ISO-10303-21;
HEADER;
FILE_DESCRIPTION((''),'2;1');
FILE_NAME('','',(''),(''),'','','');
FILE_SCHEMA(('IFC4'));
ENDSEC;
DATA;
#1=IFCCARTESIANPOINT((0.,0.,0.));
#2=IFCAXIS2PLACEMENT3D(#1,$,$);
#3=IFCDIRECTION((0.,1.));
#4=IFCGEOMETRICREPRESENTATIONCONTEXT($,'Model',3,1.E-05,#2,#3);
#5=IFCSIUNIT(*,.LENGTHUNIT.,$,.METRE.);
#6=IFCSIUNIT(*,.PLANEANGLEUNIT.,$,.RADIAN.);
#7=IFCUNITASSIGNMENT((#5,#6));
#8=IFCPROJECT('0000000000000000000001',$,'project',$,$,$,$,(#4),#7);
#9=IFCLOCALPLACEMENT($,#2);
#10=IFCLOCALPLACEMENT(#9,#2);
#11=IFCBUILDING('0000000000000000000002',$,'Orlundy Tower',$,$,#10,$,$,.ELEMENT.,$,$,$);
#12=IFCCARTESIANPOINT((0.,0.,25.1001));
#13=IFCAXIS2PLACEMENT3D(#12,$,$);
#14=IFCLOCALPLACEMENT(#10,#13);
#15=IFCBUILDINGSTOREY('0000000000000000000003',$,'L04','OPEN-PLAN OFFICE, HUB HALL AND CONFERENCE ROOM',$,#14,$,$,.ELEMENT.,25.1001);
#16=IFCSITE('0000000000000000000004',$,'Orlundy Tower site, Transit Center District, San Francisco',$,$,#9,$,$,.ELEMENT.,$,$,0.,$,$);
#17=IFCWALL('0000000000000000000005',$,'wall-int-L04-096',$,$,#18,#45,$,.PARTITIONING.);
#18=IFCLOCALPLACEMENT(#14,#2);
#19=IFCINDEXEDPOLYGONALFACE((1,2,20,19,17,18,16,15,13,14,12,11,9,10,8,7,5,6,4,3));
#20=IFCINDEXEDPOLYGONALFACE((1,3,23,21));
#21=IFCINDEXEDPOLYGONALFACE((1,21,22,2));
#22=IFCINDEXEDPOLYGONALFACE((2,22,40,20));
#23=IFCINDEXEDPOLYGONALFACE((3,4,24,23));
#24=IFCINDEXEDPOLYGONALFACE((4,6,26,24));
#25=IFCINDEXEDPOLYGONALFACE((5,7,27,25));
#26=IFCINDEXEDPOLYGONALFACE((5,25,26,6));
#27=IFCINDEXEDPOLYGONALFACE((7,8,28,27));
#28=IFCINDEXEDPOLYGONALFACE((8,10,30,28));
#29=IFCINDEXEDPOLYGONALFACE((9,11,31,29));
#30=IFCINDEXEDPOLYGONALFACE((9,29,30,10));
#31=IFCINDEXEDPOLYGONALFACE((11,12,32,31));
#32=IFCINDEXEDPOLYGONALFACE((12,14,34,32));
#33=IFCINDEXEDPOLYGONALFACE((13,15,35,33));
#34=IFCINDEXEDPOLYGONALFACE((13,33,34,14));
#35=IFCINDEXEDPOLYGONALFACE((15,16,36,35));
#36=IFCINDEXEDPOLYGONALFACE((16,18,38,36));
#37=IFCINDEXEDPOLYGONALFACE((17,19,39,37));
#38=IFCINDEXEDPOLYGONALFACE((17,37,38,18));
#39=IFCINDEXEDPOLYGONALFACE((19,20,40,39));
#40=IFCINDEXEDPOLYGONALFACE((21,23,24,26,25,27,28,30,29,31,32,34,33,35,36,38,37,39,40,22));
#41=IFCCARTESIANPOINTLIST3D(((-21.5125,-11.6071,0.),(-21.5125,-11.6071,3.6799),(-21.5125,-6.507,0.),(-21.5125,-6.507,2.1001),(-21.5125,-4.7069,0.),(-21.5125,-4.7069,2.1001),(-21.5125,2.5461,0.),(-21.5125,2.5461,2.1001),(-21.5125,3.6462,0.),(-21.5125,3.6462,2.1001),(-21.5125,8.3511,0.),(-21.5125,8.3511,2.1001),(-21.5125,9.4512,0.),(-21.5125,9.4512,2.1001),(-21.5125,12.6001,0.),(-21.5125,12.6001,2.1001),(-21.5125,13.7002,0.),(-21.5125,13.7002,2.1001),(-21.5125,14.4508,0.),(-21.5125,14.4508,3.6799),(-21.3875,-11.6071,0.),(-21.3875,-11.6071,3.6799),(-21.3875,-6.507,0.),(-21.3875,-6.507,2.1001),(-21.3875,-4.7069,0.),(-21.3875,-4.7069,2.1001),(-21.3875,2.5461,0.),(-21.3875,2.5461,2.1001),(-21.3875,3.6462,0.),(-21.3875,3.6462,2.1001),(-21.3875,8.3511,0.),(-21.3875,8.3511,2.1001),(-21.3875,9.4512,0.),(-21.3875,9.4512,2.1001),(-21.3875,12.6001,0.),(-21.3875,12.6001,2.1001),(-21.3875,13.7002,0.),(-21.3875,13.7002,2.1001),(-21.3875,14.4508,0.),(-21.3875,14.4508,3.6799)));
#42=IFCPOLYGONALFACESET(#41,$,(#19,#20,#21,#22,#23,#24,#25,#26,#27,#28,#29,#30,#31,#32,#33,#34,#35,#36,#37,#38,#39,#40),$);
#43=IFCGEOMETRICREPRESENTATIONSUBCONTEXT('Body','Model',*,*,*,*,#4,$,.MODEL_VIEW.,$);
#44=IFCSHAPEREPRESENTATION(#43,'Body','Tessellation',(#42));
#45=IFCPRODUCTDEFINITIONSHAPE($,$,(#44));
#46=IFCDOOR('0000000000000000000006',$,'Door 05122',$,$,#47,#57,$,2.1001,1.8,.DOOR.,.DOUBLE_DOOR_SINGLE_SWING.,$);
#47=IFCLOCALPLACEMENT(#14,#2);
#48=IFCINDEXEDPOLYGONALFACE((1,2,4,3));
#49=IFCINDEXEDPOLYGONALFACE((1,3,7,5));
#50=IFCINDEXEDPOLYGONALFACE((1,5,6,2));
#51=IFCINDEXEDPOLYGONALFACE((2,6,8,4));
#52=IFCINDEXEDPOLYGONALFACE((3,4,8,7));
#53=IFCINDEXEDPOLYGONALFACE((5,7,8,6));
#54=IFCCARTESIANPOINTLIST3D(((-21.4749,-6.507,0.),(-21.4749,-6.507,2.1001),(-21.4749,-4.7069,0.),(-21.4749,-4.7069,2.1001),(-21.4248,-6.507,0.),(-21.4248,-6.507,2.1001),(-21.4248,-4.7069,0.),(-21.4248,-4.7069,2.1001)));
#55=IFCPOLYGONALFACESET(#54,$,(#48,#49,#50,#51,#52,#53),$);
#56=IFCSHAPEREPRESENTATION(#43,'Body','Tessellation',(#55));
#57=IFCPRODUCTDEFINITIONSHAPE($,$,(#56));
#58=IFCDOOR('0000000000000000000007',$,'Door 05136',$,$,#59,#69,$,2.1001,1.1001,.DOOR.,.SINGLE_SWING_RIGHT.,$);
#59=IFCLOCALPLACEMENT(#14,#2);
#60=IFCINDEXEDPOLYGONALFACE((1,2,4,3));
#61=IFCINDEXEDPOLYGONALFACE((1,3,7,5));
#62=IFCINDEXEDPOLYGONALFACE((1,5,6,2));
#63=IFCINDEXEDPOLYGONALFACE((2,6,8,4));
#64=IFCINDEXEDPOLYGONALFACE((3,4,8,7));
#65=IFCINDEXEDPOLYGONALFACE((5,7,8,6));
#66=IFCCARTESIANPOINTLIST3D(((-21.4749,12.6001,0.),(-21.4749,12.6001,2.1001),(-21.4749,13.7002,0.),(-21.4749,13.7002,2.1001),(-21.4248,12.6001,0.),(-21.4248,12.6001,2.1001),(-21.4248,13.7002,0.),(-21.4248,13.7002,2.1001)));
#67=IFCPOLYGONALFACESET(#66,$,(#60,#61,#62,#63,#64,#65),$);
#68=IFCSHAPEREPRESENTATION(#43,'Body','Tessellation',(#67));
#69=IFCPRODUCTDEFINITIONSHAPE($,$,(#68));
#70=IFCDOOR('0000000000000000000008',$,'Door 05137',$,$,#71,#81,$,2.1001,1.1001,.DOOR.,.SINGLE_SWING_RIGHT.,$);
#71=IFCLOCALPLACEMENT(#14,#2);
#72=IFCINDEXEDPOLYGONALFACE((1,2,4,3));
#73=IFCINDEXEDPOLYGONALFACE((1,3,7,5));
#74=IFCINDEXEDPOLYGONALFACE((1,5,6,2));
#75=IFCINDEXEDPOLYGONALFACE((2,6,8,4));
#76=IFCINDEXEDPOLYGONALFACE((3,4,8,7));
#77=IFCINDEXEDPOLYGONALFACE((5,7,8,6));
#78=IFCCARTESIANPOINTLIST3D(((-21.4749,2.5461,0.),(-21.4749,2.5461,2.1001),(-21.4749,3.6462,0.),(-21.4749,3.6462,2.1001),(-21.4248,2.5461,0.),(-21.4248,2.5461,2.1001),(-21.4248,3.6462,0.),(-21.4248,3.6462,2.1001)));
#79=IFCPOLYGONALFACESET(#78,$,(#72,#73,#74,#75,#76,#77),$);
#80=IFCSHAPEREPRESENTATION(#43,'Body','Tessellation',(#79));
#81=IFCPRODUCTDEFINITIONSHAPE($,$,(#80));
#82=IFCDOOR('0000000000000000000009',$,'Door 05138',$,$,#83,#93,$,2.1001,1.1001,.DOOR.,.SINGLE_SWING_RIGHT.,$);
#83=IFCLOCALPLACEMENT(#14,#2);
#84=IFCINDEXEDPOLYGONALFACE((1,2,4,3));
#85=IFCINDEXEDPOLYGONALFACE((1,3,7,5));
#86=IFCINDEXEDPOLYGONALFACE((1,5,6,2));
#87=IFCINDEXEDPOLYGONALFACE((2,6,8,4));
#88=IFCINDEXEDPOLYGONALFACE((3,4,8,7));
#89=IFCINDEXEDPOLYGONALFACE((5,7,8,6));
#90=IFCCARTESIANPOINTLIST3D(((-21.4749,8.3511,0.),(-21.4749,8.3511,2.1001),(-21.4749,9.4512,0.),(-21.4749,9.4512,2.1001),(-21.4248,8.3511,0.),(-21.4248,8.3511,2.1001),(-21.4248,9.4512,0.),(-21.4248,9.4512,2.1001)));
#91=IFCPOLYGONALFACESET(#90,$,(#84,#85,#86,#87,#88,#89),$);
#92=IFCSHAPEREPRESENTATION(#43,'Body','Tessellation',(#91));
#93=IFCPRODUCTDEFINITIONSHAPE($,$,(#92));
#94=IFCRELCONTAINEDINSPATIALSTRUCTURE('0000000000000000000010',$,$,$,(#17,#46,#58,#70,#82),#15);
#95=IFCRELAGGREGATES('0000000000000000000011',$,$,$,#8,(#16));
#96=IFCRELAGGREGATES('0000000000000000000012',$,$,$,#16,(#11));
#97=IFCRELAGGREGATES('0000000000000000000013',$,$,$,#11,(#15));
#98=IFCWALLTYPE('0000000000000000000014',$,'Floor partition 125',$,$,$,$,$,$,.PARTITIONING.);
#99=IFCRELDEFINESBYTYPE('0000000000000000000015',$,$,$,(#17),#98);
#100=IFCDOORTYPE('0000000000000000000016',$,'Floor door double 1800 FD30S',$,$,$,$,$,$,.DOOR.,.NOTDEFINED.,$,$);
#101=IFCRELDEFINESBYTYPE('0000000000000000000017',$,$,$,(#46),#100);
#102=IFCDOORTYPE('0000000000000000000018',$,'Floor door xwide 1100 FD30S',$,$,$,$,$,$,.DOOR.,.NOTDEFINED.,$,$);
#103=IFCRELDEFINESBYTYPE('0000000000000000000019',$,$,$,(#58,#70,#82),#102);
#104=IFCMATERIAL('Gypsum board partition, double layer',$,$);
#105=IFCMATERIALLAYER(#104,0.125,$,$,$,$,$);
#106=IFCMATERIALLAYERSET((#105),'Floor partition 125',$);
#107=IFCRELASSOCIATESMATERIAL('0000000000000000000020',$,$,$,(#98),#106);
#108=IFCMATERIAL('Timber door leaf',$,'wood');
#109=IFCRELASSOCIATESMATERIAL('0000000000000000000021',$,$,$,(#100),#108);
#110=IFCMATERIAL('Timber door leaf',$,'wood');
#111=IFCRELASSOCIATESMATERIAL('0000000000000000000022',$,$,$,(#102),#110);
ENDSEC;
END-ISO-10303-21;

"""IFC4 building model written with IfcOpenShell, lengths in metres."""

from ifc_helpers import new_model, si_unit, direction, frame, frame_2d, origin, place, context, subcontext, project, spatial, rectangle, extrude, material, layer, layer_set, type_object, element, fill, save


model = new_model("IFC4")

# Units and contexts
model_context = context("Model", 3, precision=1e-05, world=origin(), true_north=direction((0.0, 1.0)))
body_context = subcontext(model_context, "Body", "Model", "MODEL_VIEW")
ifc_project = project(units=[si_unit("LENGTHUNIT", "METRE"), si_unit("PLANEANGLEUNIT", "RADIAN")], contexts=[model_context])

# Site, building, storey
site_placement = place(None, origin())
site = spatial("IfcSite", under=ifc_project, at=site_placement, Name="Orlundy Tower site, Transit Center District, San Francisco", CompositionType="ELEMENT", RefElevation=0.0)
building_placement = place(site_placement, origin())
building = spatial("IfcBuilding", under=site, at=building_placement, Name="Orlundy Tower", CompositionType="ELEMENT")
storey_placement = place(building_placement, frame((0.0, 0.0, 25.1001)))
storey = spatial("IfcBuildingStorey", under=building, at=storey_placement, Name="L04", Description="OPEN-PLAN OFFICE, HUB HALL AND CONFERENCE ROOM", CompositionType="ELEMENT", Elevation=25.1001)

# Shared definitions
ifc_material_1 = material(Name="Gypsum board partition, double layer")
ifc_layer_1 = layer(ifc_material_1, 0.125)
ifc_layer_set_1 = layer_set([ifc_layer_1], Name="Floor partition 125")
wall_type_1 = type_object("IfcWallType", Name="Floor partition 125", PredefinedType="PARTITIONING", material=ifc_layer_set_1)

# Wall, openings, doors
wall_1_placement = place(storey_placement, frame((-21.45, -11.6069, 0.0), z_axis=(0.0, 0.0, 1.0), x_axis=(0.0, 1.0, 0.0)))
wall_1 = element("IfcWall", 1, at=wall_1_placement, inside=storey, type_object=wall_type_1, Name="wall-int-L04-096", PredefinedType="PARTITIONING", context=body_context, shape_type="SweptSolid", body=[
    extrude(rectangle(XDim=26.0579, YDim=0.125, at=frame_2d((13.0288, 0.0))), origin(), (0.0, 0.0, 1.0), 3.6799),
])
opening_1_placement = place(wall_1_placement, frame((5.1001, 0.0, 0.0)))
opening_1 = element("IfcOpeningElement", 2, at=opening_1_placement, cuts=wall_1, PredefinedType="OPENING", context=body_context, shape_type="SweptSolid", body=[
    extrude(rectangle(XDim=1.8, YDim=2.1001, at=frame_2d((0.8999, 1.05))), frame((0.0, 0.0725, 0.0), z_axis=(0.0, -1.0, 0.0), x_axis=(1.0, 0.0, 0.0)), (0.0, 0.0, 1.0), 0.145),
])
opening_2_placement = place(wall_1_placement, frame((24.207, 0.0, 0.0)))
opening_2 = element("IfcOpeningElement", 3, at=opening_2_placement, cuts=wall_1, PredefinedType="OPENING", context=body_context, shape_type="SweptSolid", body=[
    extrude(rectangle(XDim=1.1001, YDim=2.1001, at=frame_2d((0.55, 1.05))), frame((0.0, 0.0725, 0.0), z_axis=(0.0, -1.0, 0.0), x_axis=(1.0, 0.0, 0.0)), (0.0, 0.0, 1.0), 0.145),
])
opening_3_placement = place(wall_1_placement, frame((14.1531, 0.0, 0.0)))
opening_3 = element("IfcOpeningElement", 4, at=opening_3_placement, cuts=wall_1, PredefinedType="OPENING", context=body_context, shape_type="SweptSolid", body=[
    extrude(rectangle(XDim=1.1001, YDim=2.1001, at=frame_2d((0.55, 1.05))), frame((0.0, 0.0725, 0.0), z_axis=(0.0, -1.0, 0.0), x_axis=(1.0, 0.0, 0.0)), (0.0, 0.0, 1.0), 0.145),
])
opening_4_placement = place(wall_1_placement, frame((19.958, 0.0, 0.0)))
opening_4 = element("IfcOpeningElement", 5, at=opening_4_placement, cuts=wall_1, PredefinedType="OPENING", context=body_context, shape_type="SweptSolid", body=[
    extrude(rectangle(XDim=1.1001, YDim=2.1001, at=frame_2d((0.55, 1.05))), frame((0.0, 0.0725, 0.0), z_axis=(0.0, -1.0, 0.0), x_axis=(1.0, 0.0, 0.0)), (0.0, 0.0, 1.0), 0.145),
])
ifc_material_2 = material(Name="Timber door leaf", Category="wood")
door_type_1 = type_object("IfcDoorType", Name="Floor door double 1800 FD30S", OperationType="NOTDEFINED", PredefinedType="DOOR", material=ifc_material_2)
door_1_placement = place(opening_1_placement, origin())
door_1 = element("IfcDoor", 6, at=door_1_placement, inside=storey, type_object=door_type_1, Name="Door 05122", OperationType="DOUBLE_DOOR_SINGLE_SWING", OverallHeight=2.1001, OverallWidth=1.8, PredefinedType="DOOR", context=body_context, shape_type="SweptSolid", body=[
    extrude(rectangle(XDim=1.8, YDim=2.1001, at=frame_2d((0.8999, 1.05))), frame((0.0, 0.0249, 0.0), z_axis=(0.0, -1.0, 0.0), x_axis=(1.0, 0.0, 0.0)), (0.0, 0.0, 1.0), 0.05),
])
fill(opening_1, door_1)
ifc_material_3 = material(Name="Timber door leaf", Category="wood")
door_type_2 = type_object("IfcDoorType", Name="Floor door xwide 1100 FD30S", OperationType="NOTDEFINED", PredefinedType="DOOR", material=ifc_material_3)
door_2_placement = place(opening_2_placement, origin())
door_2 = element("IfcDoor", 7, at=door_2_placement, inside=storey, type_object=door_type_2, Name="Door 05136", OperationType="SINGLE_SWING_RIGHT", OverallHeight=2.1001, OverallWidth=1.1001, PredefinedType="DOOR", context=body_context, shape_type="SweptSolid", body=[
    extrude(rectangle(XDim=1.1001, YDim=2.1001, at=frame_2d((0.55, 1.05))), frame((0.0, 0.0249, 0.0), z_axis=(0.0, -1.0, 0.0), x_axis=(1.0, 0.0, 0.0)), (0.0, 0.0, 1.0), 0.05),
])
fill(opening_2, door_2)
door_3_placement = place(opening_3_placement, origin())
door_3 = element("IfcDoor", 8, at=door_3_placement, inside=storey, type_object=door_type_2, Name="Door 05137", OperationType="SINGLE_SWING_RIGHT", OverallHeight=2.1001, OverallWidth=1.1001, PredefinedType="DOOR", context=body_context, shape_type="SweptSolid", body=[
    extrude(rectangle(XDim=1.1001, YDim=2.1001, at=frame_2d((0.55, 1.05))), frame((0.0, 0.0249, 0.0), z_axis=(0.0, -1.0, 0.0), x_axis=(1.0, 0.0, 0.0)), (0.0, 0.0, 1.0), 0.05),
])
fill(opening_3, door_3)
door_4_placement = place(opening_4_placement, origin())
door_4 = element("IfcDoor", 9, at=door_4_placement, inside=storey, type_object=door_type_2, Name="Door 05138", OperationType="SINGLE_SWING_RIGHT", OverallHeight=2.1001, OverallWidth=1.1001, PredefinedType="DOOR", context=body_context, shape_type="SweptSolid", body=[
    extrude(rectangle(XDim=1.1001, YDim=2.1001, at=frame_2d((0.55, 1.05))), frame((0.0, 0.0249, 0.0), z_axis=(0.0, -1.0, 0.0), x_axis=(1.0, 0.0, 0.0)), (0.0, 0.0, 1.0), 0.05),
])
fill(opening_4, door_4)

save(model, "model.ifc")
